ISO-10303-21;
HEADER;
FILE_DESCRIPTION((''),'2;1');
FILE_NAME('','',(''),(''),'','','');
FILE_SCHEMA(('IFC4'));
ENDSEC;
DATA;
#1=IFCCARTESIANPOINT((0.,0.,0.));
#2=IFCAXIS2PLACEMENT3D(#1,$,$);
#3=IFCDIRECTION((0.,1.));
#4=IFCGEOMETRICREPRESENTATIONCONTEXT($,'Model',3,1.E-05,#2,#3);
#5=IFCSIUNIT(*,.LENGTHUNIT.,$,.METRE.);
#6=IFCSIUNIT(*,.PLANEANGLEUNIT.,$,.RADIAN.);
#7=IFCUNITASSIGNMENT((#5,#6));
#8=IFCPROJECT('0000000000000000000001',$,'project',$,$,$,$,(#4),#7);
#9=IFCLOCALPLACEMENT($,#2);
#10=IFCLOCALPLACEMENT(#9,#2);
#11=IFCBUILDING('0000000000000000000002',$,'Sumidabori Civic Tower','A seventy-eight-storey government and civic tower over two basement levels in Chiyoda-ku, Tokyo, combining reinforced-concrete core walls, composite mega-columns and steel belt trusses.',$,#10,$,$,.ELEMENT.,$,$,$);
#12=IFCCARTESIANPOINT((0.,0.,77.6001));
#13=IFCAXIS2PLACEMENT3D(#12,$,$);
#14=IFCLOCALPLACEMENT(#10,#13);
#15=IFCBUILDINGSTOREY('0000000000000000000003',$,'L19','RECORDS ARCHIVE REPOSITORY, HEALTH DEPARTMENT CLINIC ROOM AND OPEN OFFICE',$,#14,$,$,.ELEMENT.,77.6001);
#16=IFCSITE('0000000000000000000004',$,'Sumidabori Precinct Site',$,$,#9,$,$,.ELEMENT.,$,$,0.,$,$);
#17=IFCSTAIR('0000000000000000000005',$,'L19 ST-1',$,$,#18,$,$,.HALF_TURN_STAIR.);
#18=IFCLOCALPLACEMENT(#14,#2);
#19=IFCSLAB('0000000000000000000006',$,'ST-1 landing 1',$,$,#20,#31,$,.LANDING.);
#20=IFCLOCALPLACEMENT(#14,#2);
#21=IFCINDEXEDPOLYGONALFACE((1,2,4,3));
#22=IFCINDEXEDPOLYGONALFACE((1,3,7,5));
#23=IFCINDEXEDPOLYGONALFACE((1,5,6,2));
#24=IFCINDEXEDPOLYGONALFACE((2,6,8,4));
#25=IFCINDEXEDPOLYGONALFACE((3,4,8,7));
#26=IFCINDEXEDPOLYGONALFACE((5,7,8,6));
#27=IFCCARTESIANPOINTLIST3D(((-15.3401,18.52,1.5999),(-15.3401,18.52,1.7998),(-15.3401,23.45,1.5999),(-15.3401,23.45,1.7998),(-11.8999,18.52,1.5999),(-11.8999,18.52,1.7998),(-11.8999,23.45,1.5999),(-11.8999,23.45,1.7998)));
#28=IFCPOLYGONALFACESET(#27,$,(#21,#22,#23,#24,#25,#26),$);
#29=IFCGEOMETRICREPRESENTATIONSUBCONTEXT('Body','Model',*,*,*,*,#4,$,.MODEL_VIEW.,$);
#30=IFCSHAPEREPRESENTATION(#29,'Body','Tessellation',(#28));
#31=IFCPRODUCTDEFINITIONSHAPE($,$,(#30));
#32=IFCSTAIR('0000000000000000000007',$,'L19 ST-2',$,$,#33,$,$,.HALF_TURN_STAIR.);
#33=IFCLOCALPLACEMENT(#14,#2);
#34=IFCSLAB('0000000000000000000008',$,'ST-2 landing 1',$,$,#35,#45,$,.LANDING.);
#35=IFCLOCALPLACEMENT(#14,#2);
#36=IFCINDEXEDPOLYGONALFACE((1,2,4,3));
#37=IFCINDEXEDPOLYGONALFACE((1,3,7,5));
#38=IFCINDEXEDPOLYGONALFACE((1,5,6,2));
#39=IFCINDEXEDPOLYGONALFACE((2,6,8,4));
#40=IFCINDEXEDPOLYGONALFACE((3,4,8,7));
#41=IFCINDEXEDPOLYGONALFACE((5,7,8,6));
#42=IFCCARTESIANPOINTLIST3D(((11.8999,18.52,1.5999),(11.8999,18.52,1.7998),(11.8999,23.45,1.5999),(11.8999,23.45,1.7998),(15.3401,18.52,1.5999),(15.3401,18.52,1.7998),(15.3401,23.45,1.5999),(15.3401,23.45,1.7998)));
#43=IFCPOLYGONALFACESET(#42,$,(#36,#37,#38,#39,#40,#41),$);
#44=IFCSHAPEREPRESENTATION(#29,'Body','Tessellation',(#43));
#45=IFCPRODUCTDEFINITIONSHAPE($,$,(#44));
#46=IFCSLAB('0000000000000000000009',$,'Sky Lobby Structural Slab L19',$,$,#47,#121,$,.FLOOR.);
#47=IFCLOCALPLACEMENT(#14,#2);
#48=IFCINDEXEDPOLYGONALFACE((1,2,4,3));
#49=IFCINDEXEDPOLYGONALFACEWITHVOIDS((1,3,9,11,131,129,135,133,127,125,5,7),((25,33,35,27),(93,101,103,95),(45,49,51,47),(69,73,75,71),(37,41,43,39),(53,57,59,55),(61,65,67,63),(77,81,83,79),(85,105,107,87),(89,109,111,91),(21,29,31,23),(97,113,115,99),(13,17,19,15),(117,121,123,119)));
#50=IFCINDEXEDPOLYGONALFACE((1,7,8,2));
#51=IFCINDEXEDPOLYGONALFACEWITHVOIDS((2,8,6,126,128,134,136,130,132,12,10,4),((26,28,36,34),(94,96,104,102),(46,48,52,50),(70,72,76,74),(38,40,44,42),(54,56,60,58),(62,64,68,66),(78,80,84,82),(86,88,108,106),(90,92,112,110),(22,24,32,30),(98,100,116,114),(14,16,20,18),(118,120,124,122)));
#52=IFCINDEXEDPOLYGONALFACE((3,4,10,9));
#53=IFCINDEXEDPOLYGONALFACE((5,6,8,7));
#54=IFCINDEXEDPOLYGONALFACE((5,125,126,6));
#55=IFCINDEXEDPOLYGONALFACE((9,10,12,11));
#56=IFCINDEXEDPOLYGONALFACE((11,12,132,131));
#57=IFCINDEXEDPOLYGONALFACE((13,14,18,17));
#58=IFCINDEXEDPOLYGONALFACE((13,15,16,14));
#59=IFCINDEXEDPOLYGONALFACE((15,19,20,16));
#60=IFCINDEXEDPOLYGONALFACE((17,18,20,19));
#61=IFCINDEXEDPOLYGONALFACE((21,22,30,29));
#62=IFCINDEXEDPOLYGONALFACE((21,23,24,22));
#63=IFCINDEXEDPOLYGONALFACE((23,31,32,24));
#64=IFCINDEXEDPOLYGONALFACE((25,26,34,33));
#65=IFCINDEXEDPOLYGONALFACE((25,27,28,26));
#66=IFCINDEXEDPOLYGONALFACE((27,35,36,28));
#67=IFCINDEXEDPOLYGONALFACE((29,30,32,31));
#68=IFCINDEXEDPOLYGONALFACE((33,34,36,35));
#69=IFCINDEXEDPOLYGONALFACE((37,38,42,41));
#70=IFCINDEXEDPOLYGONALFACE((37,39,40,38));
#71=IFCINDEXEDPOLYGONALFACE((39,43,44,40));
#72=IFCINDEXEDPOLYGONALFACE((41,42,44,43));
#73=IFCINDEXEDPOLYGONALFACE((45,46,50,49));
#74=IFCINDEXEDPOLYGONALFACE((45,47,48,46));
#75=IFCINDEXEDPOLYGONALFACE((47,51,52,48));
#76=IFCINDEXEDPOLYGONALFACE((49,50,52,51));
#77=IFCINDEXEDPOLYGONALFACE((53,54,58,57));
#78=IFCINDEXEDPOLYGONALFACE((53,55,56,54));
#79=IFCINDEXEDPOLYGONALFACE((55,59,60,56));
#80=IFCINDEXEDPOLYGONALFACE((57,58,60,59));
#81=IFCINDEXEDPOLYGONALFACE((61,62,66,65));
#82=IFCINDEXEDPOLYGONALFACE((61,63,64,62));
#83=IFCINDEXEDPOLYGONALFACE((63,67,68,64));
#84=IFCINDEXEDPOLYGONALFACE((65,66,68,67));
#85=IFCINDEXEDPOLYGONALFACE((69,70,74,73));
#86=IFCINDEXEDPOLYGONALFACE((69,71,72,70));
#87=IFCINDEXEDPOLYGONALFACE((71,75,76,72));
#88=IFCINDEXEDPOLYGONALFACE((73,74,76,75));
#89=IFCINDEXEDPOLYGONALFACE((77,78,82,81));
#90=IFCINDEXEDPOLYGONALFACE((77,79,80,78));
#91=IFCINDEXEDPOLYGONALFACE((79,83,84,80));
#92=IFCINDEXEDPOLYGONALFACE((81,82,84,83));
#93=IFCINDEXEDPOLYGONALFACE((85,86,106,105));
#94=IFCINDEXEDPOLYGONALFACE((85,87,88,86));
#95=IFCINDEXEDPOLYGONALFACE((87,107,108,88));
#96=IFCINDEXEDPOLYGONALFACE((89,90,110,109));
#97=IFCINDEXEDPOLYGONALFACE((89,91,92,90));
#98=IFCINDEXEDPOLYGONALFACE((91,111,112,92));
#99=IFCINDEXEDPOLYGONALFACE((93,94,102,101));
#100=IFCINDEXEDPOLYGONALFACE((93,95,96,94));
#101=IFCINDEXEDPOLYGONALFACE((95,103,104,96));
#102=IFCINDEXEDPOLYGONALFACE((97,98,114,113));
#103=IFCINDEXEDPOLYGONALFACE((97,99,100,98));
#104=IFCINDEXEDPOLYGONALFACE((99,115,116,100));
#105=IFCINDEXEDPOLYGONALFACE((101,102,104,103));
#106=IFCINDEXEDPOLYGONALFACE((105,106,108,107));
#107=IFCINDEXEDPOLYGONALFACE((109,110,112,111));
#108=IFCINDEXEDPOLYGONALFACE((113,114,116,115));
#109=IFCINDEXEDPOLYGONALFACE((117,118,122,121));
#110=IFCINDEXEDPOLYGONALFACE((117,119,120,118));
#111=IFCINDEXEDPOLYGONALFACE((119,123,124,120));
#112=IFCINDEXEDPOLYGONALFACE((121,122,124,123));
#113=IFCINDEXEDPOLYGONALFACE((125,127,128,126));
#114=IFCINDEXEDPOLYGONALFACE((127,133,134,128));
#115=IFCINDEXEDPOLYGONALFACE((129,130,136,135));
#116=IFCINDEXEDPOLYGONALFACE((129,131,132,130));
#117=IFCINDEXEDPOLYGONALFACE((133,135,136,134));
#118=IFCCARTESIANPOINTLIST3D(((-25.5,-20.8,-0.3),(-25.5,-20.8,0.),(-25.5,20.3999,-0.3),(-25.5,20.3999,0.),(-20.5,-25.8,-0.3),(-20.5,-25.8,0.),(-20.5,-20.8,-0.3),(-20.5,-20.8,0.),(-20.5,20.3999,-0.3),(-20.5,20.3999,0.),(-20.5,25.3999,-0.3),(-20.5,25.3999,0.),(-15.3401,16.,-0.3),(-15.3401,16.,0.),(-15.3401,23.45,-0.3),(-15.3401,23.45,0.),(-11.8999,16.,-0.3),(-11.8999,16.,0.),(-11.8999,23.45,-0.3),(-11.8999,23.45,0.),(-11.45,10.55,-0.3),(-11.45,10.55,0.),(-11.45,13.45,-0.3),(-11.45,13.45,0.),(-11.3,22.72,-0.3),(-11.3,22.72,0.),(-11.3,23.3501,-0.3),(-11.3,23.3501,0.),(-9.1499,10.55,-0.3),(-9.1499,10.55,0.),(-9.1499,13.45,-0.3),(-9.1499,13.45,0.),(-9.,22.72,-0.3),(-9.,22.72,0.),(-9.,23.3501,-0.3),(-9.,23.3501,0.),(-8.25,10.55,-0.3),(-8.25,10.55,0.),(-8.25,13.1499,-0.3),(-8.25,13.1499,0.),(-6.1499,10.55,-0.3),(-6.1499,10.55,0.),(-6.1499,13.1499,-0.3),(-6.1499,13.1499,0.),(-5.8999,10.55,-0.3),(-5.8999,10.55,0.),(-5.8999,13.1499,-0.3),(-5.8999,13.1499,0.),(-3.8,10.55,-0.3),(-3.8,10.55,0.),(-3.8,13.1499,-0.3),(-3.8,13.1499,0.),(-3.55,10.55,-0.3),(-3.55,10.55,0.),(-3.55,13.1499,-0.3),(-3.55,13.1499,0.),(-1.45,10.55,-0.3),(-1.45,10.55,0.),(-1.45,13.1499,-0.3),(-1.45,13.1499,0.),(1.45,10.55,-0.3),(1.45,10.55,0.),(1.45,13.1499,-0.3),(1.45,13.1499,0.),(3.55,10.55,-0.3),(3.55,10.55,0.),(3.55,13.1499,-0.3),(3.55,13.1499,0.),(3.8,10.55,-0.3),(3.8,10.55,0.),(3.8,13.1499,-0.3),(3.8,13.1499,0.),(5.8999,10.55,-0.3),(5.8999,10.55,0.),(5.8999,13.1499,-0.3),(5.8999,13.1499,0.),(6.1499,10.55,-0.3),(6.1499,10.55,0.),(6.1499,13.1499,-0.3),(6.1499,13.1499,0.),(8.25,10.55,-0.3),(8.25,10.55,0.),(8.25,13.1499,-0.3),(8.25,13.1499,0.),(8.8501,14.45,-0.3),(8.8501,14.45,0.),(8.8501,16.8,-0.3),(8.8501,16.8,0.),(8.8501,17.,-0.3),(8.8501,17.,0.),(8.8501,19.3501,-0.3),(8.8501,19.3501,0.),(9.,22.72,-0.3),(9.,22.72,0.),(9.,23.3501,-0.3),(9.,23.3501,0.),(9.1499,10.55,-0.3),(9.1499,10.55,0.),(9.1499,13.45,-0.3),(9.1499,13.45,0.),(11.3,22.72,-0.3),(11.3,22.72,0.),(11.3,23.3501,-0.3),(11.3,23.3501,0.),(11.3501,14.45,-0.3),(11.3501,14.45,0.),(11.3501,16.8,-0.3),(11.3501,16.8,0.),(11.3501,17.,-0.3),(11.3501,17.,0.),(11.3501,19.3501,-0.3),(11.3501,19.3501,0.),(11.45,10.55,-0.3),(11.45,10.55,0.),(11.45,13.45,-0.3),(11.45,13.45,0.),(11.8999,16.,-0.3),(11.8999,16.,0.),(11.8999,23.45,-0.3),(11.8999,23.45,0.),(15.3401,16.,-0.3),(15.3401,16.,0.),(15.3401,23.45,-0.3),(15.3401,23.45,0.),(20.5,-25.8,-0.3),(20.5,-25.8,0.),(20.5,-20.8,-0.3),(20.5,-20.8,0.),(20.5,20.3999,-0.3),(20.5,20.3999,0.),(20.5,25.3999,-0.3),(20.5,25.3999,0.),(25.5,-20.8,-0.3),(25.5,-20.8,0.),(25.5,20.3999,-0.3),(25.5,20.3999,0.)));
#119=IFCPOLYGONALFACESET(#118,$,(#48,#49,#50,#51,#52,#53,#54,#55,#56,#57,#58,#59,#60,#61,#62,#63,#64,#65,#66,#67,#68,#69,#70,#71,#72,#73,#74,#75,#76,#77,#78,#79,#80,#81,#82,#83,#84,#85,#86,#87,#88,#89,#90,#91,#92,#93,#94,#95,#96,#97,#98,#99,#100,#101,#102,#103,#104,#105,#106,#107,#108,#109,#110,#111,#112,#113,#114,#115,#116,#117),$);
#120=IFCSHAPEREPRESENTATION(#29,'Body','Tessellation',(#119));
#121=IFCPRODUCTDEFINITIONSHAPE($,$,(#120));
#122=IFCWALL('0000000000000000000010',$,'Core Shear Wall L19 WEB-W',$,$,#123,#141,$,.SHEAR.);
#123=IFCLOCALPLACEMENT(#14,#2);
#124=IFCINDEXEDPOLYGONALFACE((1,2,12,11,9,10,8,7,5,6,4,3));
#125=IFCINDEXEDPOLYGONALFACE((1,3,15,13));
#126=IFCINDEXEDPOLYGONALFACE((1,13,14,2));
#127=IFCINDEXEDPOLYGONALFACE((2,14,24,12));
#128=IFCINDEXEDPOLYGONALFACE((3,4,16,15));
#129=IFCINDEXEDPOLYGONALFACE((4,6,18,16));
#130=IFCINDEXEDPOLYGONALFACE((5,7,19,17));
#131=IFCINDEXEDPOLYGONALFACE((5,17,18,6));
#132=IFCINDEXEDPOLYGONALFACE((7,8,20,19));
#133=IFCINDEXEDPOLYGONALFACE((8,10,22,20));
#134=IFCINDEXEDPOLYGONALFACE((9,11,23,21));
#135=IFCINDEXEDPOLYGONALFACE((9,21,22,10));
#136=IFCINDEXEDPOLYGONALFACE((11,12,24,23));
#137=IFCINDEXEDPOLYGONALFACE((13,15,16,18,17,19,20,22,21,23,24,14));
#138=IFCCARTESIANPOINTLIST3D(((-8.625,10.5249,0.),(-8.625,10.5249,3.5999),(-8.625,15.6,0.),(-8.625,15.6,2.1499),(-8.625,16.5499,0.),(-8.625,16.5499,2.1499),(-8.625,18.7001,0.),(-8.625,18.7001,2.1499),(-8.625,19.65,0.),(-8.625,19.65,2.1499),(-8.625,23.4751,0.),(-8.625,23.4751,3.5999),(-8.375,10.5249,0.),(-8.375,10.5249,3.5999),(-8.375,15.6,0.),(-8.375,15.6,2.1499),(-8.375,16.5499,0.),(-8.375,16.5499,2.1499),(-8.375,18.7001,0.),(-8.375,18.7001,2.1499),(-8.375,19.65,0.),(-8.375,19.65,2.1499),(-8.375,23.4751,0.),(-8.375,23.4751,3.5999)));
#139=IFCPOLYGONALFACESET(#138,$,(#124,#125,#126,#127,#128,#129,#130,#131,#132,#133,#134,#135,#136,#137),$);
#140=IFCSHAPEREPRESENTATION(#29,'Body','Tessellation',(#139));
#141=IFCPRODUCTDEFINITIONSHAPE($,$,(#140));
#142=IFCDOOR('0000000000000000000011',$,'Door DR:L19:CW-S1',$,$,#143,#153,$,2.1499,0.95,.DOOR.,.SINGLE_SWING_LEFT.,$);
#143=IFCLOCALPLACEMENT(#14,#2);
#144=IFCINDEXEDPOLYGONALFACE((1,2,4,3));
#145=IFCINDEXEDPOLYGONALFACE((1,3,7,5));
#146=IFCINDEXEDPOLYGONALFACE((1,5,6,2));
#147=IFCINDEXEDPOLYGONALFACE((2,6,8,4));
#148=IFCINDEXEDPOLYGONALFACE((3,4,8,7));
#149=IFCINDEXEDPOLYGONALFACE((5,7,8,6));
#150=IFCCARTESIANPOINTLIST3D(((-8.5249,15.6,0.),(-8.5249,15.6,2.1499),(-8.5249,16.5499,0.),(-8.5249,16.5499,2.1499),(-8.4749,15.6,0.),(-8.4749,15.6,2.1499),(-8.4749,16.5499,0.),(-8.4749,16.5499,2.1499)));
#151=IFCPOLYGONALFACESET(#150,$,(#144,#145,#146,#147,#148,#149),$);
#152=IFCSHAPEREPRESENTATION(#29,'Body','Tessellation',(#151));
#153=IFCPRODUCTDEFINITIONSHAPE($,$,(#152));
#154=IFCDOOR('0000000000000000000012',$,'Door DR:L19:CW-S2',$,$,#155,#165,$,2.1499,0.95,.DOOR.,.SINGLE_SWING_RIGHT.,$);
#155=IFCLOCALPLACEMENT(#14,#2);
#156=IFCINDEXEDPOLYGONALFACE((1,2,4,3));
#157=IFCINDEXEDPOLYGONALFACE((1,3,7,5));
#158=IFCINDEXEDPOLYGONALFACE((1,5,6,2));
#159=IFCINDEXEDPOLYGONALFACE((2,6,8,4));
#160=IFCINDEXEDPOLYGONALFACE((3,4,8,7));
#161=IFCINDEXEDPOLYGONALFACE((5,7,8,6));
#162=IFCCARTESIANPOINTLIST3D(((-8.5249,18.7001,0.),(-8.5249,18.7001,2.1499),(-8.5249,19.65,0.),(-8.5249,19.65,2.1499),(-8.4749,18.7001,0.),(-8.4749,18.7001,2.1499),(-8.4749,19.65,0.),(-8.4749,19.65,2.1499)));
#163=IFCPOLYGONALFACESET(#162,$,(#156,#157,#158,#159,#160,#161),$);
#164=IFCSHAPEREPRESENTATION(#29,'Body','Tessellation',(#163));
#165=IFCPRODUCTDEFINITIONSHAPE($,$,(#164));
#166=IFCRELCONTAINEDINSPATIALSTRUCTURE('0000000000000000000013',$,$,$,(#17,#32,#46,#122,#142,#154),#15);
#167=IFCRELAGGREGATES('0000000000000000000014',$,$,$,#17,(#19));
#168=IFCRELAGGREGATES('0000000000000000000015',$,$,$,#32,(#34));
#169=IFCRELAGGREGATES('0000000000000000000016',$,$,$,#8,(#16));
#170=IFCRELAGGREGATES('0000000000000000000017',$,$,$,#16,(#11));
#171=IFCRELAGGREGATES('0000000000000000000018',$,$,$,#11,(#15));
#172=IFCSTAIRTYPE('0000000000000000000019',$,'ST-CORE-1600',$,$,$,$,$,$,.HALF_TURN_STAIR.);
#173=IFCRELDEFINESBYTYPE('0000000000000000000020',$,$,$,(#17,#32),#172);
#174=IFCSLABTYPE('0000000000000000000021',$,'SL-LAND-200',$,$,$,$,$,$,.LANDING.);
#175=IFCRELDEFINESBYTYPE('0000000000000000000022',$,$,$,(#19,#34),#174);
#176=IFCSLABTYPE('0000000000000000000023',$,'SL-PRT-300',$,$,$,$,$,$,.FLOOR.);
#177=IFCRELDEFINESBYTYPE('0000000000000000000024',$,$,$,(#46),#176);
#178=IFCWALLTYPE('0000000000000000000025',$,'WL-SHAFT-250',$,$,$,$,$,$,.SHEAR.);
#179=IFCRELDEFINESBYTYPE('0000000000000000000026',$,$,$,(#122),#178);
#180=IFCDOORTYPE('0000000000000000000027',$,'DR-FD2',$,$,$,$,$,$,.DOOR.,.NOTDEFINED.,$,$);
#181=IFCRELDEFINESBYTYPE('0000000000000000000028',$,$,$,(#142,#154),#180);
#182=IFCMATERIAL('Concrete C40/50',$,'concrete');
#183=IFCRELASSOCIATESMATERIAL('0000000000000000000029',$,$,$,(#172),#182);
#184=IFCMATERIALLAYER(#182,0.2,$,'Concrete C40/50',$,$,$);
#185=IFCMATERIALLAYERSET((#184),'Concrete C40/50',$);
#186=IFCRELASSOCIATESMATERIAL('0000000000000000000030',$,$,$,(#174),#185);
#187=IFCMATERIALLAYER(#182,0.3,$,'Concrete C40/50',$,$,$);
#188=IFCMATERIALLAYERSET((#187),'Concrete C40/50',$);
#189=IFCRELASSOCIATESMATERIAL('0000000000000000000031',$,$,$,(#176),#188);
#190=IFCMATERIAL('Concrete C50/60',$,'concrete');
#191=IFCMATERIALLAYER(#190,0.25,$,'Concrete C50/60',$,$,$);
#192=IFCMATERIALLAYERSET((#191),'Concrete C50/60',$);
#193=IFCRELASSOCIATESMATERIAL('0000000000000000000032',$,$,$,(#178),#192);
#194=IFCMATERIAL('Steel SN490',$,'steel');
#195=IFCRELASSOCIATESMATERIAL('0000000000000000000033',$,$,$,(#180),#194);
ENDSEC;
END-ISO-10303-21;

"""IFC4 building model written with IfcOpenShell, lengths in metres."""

from ifc_helpers import new_model, si_unit, direction, frame, frame_2d, origin, place, context, subcontext, project, spatial, polyline, rectangle, outline, extrude, source, transform, mapped, material, layer, layer_set, type_object, element, fill, aggregate, save


model = new_model("IFC4")

# Units and contexts
model_context = context("Model", 3, precision=1e-05, world=origin(), true_north=direction((0.0, 1.0)))
body_context = subcontext(model_context, "Body", "Model", "MODEL_VIEW")
ifc_project = project(units=[si_unit("LENGTHUNIT", "METRE"), si_unit("PLANEANGLEUNIT", "RADIAN")], contexts=[model_context])

# Site, building, storey
site_placement = place(None, origin())
site = spatial("IfcSite", under=ifc_project, at=site_placement, Name="Sumidabori Precinct Site", CompositionType="ELEMENT", RefElevation=0.0)
building_placement = place(site_placement, origin())
building = spatial("IfcBuilding", under=site, at=building_placement, Name="Sumidabori Civic Tower", Description="A seventy-eight-storey government and civic tower over two basement levels in Chiyoda-ku, Tokyo, combining reinforced-concrete core walls, composite mega-columns and steel belt trusses.", CompositionType="ELEMENT")
storey_placement = place(building_placement, frame((0.0, 0.0, 77.6001)))
storey = spatial("IfcBuildingStorey", under=building, at=storey_placement, Name="L19", Description="RECORDS ARCHIVE REPOSITORY, HEALTH DEPARTMENT CLINIC ROOM AND OPEN OFFICE", CompositionType="ELEMENT", Elevation=77.6001)

# Stairs, slabs
ifc_material_1 = material(Name="Concrete C40/50", Category="concrete")
stair_type = type_object("IfcStairType", Name="ST-CORE-1600", PredefinedType="HALF_TURN_STAIR", material=ifc_material_1)
stair_1_placement = place(storey_placement, origin())
stair_1 = element("IfcStair", 1, at=stair_1_placement, inside=storey, type_object=stair_type, Name="L19 ST-1", PredefinedType="HALF_TURN_STAIR")
ifc_layer_1 = layer(ifc_material_1, 0.2, Name="Concrete C40/50")
ifc_layer_set_1 = layer_set([ifc_layer_1], Name="Concrete C40/50")
slab_type_1 = type_object("IfcSlabType", Name="SL-LAND-200", PredefinedType="LANDING", material=ifc_layer_set_1)
slab_1_placement = place(storey_placement, frame((0.0, 0.0, 1.5999)))
slab_1 = element("IfcSlab", 2, at=slab_1_placement, type_object=slab_type_1, Name="ST-1 landing 1", PredefinedType="LANDING", context=body_context, shape_type="SweptSolid", body=[
    extrude(outline(polyline([(-11.8999, 18.52), (-11.8999, 23.45), (-15.3401, 23.45), (-15.3401, 18.52), (-11.8999, 18.52)])), origin(), (0.0, 0.0, 1.0), 0.2),
])
aggregate(stair_1, [slab_1])
stair_2_placement = place(storey_placement, origin())
stair_2 = element("IfcStair", 3, at=stair_2_placement, inside=storey, type_object=stair_type, Name="L19 ST-2", PredefinedType="HALF_TURN_STAIR")
slab_2_placement = place(storey_placement, frame((0.0, 0.0, 1.5999)))
slab_2 = element("IfcSlab", 4, at=slab_2_placement, type_object=slab_type_1, Name="ST-2 landing 1", PredefinedType="LANDING", context=body_context, shape_type="SweptSolid", body=[
    extrude(outline(polyline([(15.3401, 18.52), (15.3401, 23.45), (11.8999, 23.45), (11.8999, 18.52), (15.3401, 18.52)])), origin(), (0.0, 0.0, 1.0), 0.2),
])
aggregate(stair_2, [slab_2])

# Slab
ifc_layer_2 = layer(ifc_material_1, 0.3, Name="Concrete C40/50")
ifc_layer_set_2 = layer_set([ifc_layer_2], Name="Concrete C40/50")
slab_type_2 = type_object("IfcSlabType", Name="SL-PRT-300", PredefinedType="FLOOR", material=ifc_layer_set_2)
slab_3_placement = place(storey_placement, frame((0.0, 0.0, -0.3)))
element("IfcSlab", 5, at=slab_3_placement, inside=storey, type_object=slab_type_2, Name="Sky Lobby Structural Slab L19", PredefinedType="FLOOR", context=body_context, shape_type="SweptSolid", body=[
    extrude(outline(polyline([(-20.5, -25.8), (20.5, -25.8), (20.5, -20.8), (25.5, -20.8), (25.5, 20.3999), (20.5, 20.3999), (20.5, 25.3999), (-20.5, 25.3999), (-20.5, 20.3999), (-25.5, 20.3999), (-25.5, -20.8), (-20.5, -20.8), (-20.5, -25.8)]), holes=[polyline([(-11.8999, 16.0), (-11.8999, 23.45), (-15.3401, 23.45), (-15.3401, 16.0), (-11.8999, 16.0)]), polyline([(15.3401, 16.0), (15.3401, 23.45), (11.8999, 23.45), (11.8999, 16.0), (15.3401, 16.0)]), polyline([(-11.45, 10.55), (-9.1499, 10.55), (-9.1499, 13.45), (-11.45, 13.45), (-11.45, 10.55)]), polyline([(9.1499, 10.55), (11.45, 10.55), (11.45, 13.45), (9.1499, 13.45), (9.1499, 10.55)]), polyline([(-8.25, 10.55), (-6.1499, 10.55), (-6.1499, 13.1499), (-8.25, 13.1499), (-8.25, 10.55)]), polyline([(-5.8999, 10.55), (-3.8, 10.55), (-3.8, 13.1499), (-5.8999, 13.1499), (-5.8999, 10.55)]), polyline([(-3.55, 10.55), (-1.45, 10.55), (-1.45, 13.1499), (-3.55, 13.1499), (-3.55, 10.55)]), polyline([(1.45, 10.55), (3.55, 10.55), (3.55, 13.1499), (1.45, 13.1499), (1.45, 10.55)]), polyline([(3.8, 10.55), (5.8999, 10.55), (5.8999, 13.1499), (3.8, 13.1499), (3.8, 10.55)]), polyline([(6.1499, 10.55), (8.25, 10.55), (8.25, 13.1499), (6.1499, 13.1499), (6.1499, 10.55)]), polyline([(8.8501, 14.45), (11.3501, 14.45), (11.3501, 16.8), (8.8501, 16.8), (8.8501, 14.45)]), polyline([(8.8501, 17.0), (11.3501, 17.0), (11.3501, 19.3501), (8.8501, 19.3501), (8.8501, 17.0)]), polyline([(-11.3, 22.72), (-9.0, 22.72), (-9.0, 23.3501), (-11.3, 23.3501), (-11.3, 22.72)]), polyline([(9.0, 22.72), (11.3, 22.72), (11.3, 23.3501), (9.0, 23.3501), (9.0, 22.72)])]), origin(), (0.0, 0.0, 1.0), 0.3),
])

# Wall, openings, doors
ifc_material_2 = material(Name="Concrete C50/60", Category="concrete")
ifc_layer_3 = layer(ifc_material_2, 0.25, Name="Concrete C50/60")
ifc_layer_set_3 = layer_set([ifc_layer_3], Name="Concrete C50/60")
wall_type_1 = type_object("IfcWallType", Name="WL-SHAFT-250", PredefinedType="SHEAR", material=ifc_layer_set_3)
shared_shape_1 = source(origin(), body_context, "Body", "SweptSolid", [
    extrude(rectangle(XDim=12.9502, YDim=0.25, at=frame_2d((6.4751, 0.0))), origin(), (0.0, 0.0, 1.0), 3.5999),
])
wall_1_placement = place(storey_placement, frame((-8.5, 10.5249, 0.0), z_axis=(0.0, 0.0, 1.0), x_axis=(0.0, 1.0, 0.0)))
wall_1 = element("IfcWall", 6, at=wall_1_placement, inside=storey, type_object=wall_type_1, Name="Core Shear Wall L19 WEB-W", PredefinedType="SHEAR", context=body_context, shape_type="MappedRepresentation", body=[
    mapped(shared_shape_1, transform((0.0, 0.0, 0.0), x_axis=(1.0, 0.0, 0.0), y_axis=(0.0, 1.0, 0.0), z_axis=(0.0, 0.0, 1.0), scale=1.0)),
])
opening_1_placement = place(wall_1_placement, frame((5.075, 0.0, 0.0)))
opening_1 = element("IfcOpeningElement", 7, at=opening_1_placement, cuts=wall_1, PredefinedType="OPENING", context=body_context, shape_type="SweptSolid", body=[
    extrude(rectangle(XDim=0.95, YDim=2.1499, at=frame_2d((0.4751, 1.075))), frame((0.0, 0.137, 0.0), z_axis=(0.0, -1.0, 0.0), x_axis=(1.0, 0.0, 0.0)), (0.0, 0.0, 1.0), 0.2739),
])
opening_2_placement = place(wall_1_placement, frame((8.175, 0.0, 0.0)))
opening_2 = element("IfcOpeningElement", 8, at=opening_2_placement, cuts=wall_1, PredefinedType="OPENING", context=body_context, shape_type="SweptSolid", body=[
    extrude(rectangle(XDim=0.95, YDim=2.1499, at=frame_2d((0.4751, 1.075))), frame((0.0, 0.137, 0.0), z_axis=(0.0, -1.0, 0.0), x_axis=(1.0, 0.0, 0.0)), (0.0, 0.0, 1.0), 0.2739),
])
ifc_material_3 = material(Name="Steel SN490", Category="steel")
door_type_1 = type_object("IfcDoorType", Name="DR-FD2", OperationType="NOTDEFINED", PredefinedType="DOOR", material=ifc_material_3)
shared_shape_2 = source(origin(), body_context, "Body", "SweptSolid", [
    extrude(rectangle(XDim=0.95, YDim=2.1499, at=frame_2d((0.4751, 1.075))), frame((0.0, 0.0249, 0.0), z_axis=(0.0, -1.0, 0.0), x_axis=(1.0, 0.0, 0.0)), (0.0, 0.0, 1.0), 0.05),
])
door_1_placement = place(opening_1_placement, origin())
door_1 = element("IfcDoor", 9, at=door_1_placement, inside=storey, type_object=door_type_1, Name="Door DR:L19:CW-S1", OperationType="SINGLE_SWING_LEFT", OverallHeight=2.1499, OverallWidth=0.95, PredefinedType="DOOR", context=body_context, shape_type="MappedRepresentation", body=[
    mapped(shared_shape_2, transform((0.0, 0.0, 0.0), x_axis=(1.0, 0.0, 0.0), y_axis=(0.0, 1.0, 0.0), z_axis=(0.0, 0.0, 1.0), scale=1.0)),
])
fill(opening_1, door_1)
door_2_placement = place(opening_2_placement, origin())
door_2 = element("IfcDoor", 10, at=door_2_placement, inside=storey, type_object=door_type_1, Name="Door DR:L19:CW-S2", OperationType="SINGLE_SWING_RIGHT", OverallHeight=2.1499, OverallWidth=0.95, PredefinedType="DOOR", context=body_context, shape_type="MappedRepresentation", body=[
    mapped(shared_shape_2, transform((0.0, 0.0, 0.0), x_axis=(1.0, 0.0, 0.0), y_axis=(0.0, 1.0, 0.0), z_axis=(0.0, 0.0, 1.0), scale=1.0)),
])
fill(opening_2, door_2)

save(model, "model.ifc")
